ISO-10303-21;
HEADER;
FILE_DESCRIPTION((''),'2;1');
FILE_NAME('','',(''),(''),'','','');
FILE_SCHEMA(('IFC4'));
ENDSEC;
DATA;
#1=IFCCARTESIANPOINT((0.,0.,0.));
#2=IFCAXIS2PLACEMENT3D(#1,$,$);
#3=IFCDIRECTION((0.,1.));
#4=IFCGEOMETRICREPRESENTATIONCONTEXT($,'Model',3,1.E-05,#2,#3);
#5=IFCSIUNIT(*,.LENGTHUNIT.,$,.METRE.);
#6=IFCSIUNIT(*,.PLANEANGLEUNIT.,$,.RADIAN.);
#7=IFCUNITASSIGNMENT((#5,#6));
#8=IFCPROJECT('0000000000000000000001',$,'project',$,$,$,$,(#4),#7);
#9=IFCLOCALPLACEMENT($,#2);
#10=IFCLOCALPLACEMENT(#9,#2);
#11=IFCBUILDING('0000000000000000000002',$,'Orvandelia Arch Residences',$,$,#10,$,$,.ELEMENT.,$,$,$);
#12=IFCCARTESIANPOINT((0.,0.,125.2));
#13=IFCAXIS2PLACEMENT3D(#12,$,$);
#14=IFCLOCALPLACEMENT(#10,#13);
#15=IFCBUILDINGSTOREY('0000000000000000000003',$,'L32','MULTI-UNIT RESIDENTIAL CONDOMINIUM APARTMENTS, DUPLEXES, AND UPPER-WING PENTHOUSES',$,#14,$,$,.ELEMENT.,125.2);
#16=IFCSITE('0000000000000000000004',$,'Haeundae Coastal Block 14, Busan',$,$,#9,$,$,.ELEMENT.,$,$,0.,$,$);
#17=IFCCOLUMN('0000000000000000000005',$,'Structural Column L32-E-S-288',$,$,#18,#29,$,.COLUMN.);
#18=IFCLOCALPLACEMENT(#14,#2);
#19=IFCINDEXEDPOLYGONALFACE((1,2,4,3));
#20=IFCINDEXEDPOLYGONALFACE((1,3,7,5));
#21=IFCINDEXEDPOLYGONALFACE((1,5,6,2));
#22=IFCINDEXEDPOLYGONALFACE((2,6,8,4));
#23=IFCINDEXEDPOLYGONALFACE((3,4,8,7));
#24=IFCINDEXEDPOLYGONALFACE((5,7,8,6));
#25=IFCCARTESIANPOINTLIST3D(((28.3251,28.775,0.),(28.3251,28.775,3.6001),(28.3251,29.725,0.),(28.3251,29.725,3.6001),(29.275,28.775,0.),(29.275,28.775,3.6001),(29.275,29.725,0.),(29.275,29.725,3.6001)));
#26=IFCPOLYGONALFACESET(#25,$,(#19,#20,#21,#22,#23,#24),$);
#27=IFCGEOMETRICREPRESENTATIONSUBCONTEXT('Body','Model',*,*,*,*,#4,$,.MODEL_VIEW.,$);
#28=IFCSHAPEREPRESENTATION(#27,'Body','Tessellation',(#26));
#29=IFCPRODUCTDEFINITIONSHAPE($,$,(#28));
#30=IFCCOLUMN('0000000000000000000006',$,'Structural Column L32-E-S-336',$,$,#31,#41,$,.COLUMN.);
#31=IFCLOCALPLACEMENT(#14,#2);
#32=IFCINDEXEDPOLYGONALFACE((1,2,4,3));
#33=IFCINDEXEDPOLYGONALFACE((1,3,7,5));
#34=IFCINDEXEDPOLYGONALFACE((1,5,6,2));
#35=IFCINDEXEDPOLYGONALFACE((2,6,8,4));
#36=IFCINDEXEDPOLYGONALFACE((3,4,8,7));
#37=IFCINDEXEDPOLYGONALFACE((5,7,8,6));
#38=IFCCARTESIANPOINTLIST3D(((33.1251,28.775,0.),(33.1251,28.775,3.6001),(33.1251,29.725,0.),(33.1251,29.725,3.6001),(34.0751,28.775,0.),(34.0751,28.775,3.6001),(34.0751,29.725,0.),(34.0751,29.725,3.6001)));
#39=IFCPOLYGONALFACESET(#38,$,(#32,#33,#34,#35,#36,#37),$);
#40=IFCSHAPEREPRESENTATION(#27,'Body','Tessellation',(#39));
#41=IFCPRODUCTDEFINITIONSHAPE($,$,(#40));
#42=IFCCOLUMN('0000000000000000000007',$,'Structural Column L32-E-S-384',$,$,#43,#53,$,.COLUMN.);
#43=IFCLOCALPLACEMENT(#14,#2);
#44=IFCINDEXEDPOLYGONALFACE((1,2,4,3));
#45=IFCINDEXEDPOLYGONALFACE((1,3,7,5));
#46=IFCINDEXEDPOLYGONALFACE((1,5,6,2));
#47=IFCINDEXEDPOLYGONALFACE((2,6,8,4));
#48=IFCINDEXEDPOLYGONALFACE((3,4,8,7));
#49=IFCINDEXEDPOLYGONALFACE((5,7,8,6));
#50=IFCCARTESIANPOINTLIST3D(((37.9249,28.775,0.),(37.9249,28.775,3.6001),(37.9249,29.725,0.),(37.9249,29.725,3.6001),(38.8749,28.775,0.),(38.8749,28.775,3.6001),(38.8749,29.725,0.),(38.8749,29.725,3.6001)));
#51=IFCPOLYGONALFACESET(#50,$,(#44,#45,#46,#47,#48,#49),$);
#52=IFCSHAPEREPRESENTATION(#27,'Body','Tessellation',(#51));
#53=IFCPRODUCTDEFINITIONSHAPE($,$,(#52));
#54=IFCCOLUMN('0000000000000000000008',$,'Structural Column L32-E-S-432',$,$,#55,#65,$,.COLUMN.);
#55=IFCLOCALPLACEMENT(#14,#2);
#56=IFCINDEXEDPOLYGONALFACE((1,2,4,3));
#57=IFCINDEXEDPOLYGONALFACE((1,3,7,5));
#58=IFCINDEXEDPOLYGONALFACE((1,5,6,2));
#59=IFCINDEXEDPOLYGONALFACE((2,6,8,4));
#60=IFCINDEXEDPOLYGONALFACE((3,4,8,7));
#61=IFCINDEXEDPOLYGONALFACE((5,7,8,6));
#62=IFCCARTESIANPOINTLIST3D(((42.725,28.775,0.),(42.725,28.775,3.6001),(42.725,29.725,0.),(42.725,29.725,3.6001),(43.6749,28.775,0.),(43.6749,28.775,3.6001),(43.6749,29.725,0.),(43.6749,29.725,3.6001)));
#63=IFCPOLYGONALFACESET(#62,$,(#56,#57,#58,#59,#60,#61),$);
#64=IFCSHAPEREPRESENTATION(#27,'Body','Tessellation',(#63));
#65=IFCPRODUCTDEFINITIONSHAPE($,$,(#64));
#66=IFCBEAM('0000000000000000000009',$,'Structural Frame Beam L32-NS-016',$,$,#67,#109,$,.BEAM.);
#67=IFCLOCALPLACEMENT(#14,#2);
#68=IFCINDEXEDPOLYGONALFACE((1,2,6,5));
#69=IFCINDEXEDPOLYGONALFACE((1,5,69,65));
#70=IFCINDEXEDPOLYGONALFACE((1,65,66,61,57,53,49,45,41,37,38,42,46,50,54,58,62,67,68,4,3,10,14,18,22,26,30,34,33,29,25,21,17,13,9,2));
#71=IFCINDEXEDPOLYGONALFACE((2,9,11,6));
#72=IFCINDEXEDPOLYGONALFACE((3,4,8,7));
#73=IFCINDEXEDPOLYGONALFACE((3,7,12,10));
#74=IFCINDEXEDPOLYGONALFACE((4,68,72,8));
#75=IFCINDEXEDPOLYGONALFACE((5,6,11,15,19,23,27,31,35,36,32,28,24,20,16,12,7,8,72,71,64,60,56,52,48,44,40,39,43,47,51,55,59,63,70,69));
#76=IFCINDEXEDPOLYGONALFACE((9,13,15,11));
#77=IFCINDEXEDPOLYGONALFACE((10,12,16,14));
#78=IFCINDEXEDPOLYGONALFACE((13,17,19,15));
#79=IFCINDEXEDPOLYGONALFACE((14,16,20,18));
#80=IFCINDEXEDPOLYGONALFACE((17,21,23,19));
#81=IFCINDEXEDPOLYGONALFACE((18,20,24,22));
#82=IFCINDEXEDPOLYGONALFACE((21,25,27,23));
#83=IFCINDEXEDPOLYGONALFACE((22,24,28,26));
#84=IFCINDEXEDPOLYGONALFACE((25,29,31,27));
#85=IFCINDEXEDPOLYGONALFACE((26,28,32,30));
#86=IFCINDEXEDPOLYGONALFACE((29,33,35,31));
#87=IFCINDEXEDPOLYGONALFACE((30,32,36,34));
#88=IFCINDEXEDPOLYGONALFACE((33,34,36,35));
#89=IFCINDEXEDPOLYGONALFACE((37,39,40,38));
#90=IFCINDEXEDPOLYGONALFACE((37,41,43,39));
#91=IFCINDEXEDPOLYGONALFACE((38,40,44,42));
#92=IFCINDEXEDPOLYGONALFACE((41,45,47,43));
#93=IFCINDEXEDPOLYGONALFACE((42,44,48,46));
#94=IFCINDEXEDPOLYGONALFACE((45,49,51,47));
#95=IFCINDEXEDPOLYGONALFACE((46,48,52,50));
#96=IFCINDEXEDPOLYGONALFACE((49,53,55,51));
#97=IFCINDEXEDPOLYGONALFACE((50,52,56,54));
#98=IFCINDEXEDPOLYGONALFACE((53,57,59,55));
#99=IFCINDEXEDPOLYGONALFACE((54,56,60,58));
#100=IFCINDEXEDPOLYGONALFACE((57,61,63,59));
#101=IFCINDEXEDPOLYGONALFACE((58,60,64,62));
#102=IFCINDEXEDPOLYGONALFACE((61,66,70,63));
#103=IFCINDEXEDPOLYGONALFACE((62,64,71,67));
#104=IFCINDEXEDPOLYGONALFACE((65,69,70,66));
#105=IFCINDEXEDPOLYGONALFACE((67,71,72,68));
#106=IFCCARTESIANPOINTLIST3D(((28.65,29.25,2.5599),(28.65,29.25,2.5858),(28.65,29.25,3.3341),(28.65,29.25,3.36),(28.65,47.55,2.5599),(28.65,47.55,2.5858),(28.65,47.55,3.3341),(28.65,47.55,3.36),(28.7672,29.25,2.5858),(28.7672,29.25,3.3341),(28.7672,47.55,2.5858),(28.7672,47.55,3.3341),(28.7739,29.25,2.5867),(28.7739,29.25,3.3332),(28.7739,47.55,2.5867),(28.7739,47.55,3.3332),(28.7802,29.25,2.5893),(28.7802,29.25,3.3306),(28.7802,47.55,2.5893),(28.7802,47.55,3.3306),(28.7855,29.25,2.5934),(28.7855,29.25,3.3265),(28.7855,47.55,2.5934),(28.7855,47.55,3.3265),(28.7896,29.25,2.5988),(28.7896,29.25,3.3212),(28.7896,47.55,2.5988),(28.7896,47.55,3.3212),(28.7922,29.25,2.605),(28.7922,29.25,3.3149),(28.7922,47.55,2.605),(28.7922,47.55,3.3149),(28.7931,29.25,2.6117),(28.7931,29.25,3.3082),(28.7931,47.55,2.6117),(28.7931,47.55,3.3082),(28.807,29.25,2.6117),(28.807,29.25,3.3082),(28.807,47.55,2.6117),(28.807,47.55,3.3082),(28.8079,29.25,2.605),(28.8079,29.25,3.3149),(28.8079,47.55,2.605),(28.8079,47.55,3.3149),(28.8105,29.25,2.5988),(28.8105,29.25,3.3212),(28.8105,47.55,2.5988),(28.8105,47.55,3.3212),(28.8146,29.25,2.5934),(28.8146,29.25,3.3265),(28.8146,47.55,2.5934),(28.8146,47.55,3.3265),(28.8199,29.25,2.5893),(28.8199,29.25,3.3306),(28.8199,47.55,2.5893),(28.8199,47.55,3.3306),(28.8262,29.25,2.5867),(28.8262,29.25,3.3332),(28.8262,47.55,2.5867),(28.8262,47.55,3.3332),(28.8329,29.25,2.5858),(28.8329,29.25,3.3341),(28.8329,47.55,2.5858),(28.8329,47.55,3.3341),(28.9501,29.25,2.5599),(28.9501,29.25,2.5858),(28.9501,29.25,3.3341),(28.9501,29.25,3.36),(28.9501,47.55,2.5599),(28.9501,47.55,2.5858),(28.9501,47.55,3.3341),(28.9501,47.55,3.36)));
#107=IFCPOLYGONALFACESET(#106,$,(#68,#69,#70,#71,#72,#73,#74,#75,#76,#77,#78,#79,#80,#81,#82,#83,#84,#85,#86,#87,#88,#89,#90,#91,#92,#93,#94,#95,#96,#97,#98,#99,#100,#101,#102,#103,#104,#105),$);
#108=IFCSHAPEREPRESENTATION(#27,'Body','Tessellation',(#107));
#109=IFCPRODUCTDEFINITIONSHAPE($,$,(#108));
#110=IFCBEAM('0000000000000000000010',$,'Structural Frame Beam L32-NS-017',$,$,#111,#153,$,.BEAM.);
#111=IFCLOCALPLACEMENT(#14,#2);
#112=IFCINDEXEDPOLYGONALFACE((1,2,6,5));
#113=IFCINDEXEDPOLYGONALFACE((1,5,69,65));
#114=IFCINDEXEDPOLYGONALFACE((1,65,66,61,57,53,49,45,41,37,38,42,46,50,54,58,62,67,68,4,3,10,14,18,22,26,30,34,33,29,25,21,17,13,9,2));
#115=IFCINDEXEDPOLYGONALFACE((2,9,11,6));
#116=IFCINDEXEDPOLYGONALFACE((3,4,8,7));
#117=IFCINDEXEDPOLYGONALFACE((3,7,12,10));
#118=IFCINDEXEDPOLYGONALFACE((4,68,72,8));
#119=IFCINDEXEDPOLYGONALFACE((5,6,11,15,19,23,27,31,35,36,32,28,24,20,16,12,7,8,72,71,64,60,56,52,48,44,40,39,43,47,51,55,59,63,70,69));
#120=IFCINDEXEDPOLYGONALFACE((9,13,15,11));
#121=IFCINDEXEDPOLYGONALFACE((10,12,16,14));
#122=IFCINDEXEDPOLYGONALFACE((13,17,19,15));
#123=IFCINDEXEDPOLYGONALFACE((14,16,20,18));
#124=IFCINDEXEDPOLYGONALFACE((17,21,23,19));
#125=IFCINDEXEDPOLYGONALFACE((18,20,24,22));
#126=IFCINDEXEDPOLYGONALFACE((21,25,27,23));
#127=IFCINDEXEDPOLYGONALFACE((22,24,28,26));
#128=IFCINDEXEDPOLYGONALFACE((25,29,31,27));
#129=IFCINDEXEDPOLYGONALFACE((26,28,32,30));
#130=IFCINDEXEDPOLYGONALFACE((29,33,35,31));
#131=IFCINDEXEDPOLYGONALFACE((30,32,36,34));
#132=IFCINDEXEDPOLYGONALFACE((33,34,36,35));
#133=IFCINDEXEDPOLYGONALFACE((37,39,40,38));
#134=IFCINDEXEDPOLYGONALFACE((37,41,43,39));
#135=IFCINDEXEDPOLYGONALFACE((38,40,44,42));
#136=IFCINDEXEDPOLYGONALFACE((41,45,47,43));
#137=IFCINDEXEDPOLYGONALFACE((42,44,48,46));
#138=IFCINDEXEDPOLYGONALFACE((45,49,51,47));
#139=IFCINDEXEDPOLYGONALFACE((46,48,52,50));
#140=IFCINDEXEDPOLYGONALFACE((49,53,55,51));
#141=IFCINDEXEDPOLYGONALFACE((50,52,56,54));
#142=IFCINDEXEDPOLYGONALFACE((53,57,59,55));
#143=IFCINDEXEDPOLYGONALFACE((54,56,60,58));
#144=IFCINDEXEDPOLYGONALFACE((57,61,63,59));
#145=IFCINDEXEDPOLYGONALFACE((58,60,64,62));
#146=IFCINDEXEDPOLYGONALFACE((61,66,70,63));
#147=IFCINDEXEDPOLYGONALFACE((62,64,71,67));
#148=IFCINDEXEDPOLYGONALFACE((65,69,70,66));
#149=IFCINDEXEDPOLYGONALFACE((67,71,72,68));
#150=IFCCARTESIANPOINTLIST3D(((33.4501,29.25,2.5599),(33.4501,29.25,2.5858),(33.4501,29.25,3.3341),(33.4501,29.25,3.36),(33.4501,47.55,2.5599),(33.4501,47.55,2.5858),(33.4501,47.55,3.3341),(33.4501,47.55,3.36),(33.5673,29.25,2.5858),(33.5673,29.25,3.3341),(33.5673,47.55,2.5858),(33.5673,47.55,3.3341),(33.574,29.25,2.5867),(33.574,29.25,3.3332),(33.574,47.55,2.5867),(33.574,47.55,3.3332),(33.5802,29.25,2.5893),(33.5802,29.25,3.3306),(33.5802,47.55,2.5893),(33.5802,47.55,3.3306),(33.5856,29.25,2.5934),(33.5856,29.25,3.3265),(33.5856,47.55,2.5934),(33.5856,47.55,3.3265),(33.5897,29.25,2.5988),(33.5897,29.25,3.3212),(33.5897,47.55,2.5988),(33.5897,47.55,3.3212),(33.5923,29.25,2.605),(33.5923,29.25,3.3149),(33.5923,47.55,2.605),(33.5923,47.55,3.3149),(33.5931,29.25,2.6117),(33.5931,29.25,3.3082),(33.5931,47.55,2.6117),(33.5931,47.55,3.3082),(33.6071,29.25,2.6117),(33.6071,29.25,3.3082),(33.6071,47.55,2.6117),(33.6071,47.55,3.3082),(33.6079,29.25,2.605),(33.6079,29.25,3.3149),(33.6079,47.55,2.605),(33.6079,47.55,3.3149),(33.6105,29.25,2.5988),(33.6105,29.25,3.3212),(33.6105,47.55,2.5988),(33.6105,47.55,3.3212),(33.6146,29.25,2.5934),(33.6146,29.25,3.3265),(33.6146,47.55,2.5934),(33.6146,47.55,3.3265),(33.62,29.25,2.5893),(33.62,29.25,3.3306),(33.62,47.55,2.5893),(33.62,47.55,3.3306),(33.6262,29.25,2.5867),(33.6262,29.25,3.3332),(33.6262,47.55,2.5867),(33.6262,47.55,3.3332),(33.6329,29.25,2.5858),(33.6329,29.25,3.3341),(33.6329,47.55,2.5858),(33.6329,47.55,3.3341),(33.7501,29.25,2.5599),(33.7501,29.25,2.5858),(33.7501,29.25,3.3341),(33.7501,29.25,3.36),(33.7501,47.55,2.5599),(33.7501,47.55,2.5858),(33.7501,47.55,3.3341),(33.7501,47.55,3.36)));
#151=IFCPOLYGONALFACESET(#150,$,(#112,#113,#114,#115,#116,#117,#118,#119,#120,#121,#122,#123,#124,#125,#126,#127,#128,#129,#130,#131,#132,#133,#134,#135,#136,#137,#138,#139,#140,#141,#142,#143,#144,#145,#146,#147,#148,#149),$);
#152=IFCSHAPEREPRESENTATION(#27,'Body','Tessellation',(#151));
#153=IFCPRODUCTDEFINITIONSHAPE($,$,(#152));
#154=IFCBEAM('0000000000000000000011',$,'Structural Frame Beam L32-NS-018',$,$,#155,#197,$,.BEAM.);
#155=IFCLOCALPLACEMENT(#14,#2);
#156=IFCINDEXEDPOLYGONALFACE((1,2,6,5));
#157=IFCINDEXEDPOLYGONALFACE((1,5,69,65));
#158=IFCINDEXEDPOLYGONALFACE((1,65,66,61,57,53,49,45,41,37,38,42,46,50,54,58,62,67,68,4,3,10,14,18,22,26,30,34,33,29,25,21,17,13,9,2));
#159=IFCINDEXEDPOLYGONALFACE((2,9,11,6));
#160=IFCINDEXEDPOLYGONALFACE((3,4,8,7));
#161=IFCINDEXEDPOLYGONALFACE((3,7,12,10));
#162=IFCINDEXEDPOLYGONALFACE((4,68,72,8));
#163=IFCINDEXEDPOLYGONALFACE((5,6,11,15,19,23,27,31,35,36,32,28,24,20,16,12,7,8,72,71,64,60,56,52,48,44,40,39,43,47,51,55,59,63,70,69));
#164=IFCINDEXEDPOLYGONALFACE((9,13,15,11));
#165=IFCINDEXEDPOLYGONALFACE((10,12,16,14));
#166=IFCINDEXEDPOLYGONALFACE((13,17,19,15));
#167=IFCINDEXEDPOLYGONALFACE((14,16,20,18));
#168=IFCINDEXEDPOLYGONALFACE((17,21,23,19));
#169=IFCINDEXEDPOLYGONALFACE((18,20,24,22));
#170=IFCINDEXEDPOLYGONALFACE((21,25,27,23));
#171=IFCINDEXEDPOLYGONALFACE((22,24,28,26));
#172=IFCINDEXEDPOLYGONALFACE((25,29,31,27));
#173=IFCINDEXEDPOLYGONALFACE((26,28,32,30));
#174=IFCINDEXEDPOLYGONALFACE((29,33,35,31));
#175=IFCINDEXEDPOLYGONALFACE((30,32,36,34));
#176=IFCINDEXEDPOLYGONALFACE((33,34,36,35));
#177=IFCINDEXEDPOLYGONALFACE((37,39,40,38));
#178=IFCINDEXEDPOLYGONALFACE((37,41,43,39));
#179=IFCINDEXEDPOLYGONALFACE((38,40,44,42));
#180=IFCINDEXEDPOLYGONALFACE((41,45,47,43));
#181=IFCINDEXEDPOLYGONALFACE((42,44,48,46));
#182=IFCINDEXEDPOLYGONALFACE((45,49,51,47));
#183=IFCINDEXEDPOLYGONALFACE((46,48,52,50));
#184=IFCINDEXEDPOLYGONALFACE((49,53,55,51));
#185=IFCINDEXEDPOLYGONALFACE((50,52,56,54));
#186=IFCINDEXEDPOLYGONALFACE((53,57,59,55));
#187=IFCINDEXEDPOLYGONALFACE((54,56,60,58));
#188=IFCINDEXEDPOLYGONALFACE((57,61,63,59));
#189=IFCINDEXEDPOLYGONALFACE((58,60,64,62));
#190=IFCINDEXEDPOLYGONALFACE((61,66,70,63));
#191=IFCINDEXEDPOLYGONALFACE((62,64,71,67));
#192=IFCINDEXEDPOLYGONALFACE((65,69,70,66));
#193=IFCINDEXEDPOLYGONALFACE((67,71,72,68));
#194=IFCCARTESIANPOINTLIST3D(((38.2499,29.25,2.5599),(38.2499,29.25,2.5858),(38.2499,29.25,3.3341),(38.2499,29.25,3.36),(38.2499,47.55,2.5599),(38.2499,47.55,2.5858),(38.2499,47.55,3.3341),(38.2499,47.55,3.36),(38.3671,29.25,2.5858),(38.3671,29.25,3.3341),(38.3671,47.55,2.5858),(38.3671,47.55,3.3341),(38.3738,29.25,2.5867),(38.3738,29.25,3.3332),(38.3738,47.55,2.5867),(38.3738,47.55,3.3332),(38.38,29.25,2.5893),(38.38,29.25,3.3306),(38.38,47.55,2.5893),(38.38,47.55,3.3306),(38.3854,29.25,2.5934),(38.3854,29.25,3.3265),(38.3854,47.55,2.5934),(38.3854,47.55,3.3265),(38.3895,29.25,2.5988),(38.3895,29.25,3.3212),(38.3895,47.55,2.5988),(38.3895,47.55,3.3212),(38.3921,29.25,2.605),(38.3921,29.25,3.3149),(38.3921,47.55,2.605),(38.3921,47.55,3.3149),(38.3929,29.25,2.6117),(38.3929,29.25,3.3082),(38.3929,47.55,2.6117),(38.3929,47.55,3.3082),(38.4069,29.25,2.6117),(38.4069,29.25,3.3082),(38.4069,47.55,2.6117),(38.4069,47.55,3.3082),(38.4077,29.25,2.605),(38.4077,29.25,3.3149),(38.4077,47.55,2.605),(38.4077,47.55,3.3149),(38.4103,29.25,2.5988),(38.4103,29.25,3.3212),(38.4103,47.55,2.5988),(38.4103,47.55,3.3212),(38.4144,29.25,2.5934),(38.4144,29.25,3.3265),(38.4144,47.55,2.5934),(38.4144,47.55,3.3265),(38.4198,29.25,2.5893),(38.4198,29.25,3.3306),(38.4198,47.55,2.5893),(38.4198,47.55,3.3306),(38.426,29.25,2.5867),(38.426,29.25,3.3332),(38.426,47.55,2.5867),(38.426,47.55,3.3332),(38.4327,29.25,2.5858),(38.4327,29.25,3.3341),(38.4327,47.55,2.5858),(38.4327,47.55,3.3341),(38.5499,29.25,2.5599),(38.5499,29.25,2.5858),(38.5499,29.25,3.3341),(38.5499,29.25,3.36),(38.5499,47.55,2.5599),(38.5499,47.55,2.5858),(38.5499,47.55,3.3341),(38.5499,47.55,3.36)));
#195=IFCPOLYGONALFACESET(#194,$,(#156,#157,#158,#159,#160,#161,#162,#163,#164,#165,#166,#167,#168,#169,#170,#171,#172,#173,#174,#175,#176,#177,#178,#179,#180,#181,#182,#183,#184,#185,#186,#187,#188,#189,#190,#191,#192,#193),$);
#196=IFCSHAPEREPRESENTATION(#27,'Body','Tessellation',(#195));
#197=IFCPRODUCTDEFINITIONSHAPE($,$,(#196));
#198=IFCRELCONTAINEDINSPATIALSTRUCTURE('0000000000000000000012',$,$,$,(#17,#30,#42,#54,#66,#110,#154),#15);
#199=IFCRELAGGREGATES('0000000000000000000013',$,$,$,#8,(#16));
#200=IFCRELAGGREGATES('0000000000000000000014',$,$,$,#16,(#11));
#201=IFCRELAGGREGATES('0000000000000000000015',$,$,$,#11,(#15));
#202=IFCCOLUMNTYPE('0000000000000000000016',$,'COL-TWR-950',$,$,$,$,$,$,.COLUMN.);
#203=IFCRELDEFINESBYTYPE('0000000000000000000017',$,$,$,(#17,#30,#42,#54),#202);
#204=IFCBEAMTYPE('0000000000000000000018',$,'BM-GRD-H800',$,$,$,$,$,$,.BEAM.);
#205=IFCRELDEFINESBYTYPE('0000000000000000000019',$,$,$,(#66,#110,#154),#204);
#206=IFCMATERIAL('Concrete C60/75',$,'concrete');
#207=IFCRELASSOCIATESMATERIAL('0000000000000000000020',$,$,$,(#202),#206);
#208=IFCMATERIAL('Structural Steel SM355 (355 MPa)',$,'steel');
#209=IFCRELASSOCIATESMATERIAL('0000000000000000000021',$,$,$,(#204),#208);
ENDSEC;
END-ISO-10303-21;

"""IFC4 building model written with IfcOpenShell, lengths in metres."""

from ifc_helpers import new_model, si_unit, direction, frame, origin, origin_2d, place, context, subcontext, project, spatial, rectangle, i_section, extrude, material, material_profile, profile_set, type_object, element, save


model = new_model("IFC4")

# Units and contexts
model_context = context("Model", 3, precision=1e-05, world=origin(), true_north=direction((0.0, 1.0)))
body_context = subcontext(model_context, "Body", "Model", "MODEL_VIEW")
ifc_project = project(units=[si_unit("LENGTHUNIT", "METRE"), si_unit("PLANEANGLEUNIT", "RADIAN")], contexts=[model_context])

# Site, building, storey
site_placement = place(None, origin())
site = spatial("IfcSite", under=ifc_project, at=site_placement, Name="Haeundae Coastal Block 14, Busan", CompositionType="ELEMENT", RefElevation=0.0)
building_placement = place(site_placement, origin())
building = spatial("IfcBuilding", under=site, at=building_placement, Name="Orvandelia Arch Residences", CompositionType="ELEMENT")
storey_placement = place(building_placement, frame((0.0, 0.0, 125.2)))
storey = spatial("IfcBuildingStorey", under=building, at=storey_placement, Name="L32", Description="MULTI-UNIT RESIDENTIAL CONDOMINIUM APARTMENTS, DUPLEXES, AND UPPER-WING PENTHOUSES", CompositionType="ELEMENT", Elevation=125.2)

# Columns
ifc_material_1 = material(Name="Concrete C60/75", Category="concrete")
ifc_material_profile_1 = material_profile(ifc_material_1, rectangle(XDim=0.95, YDim=0.95, at=origin_2d()), Name="Concrete C60/75", Category="concrete")
ifc_profile_set_1 = profile_set([ifc_material_profile_1], Name="Concrete C60/75")
column_type = type_object("IfcColumnType", Name="COL-TWR-950", PredefinedType="COLUMN", material=ifc_profile_set_1)
for number, where, z_axis, x_axis, name in (
    (1, (28.8, 29.25, 0.0), (0.0, 0.0, 1.0), (1.0, 0.0, 0.0), "Structural Column L32-E-S-288"),
    (2, (33.6001, 29.25, 0.0), (0.0, 0.0, 1.0), (1.0, 0.0, 0.0), "Structural Column L32-E-S-336"),
    (3, (38.3999, 29.25, 0.0), (0.0, 0.0, 1.0), (1.0, 0.0, 0.0), "Structural Column L32-E-S-384"),
    (4, (43.2, 29.25, 0.0), (0.0, 0.0, 1.0), (1.0, 0.0, 0.0), "Structural Column L32-E-S-432"),
):
    element("IfcColumn", number, at=place(storey_placement, frame(where, z_axis=z_axis, x_axis=x_axis)), inside=storey, type_object=column_type, Name=name, PredefinedType="COLUMN", context=body_context, shape_type="SweptSolid", body=[
        extrude(rectangle(XDim=0.95, YDim=0.95, at=origin_2d()), origin(), (0.0, 0.0, 1.0), 3.6001),
    ])

# Beams
ifc_material_2 = material(Name="Structural Steel SM355 (355 MPa)", Category="steel")
ifc_material_profile_2 = material_profile(ifc_material_2, i_section(OverallWidth=0.3, OverallDepth=0.8, WebThickness=0.0139, FlangeThickness=0.0259, FilletRadius=0.0259, at=origin_2d()), Name="Structural Steel SM355 (355 MPa)", Category="steel")
ifc_profile_set_2 = profile_set([ifc_material_profile_2], Name="Structural Steel SM355 (355 MPa)")
beam_type = type_object("IfcBeamType", Name="BM-GRD-H800", PredefinedType="BEAM", material=ifc_profile_set_2)
for number, where, z_axis, x_axis, name in (
    (5, (28.8, 29.25, 2.96), (0.0, 1.0, 0.0), (-1.0, 0.0, 0.0), "Structural Frame Beam L32-NS-016"),
    (6, (33.6001, 29.25, 2.96), (0.0, 1.0, 0.0), (-1.0, 0.0, 0.0), "Structural Frame Beam L32-NS-017"),
    (7, (38.3999, 29.25, 2.96), (0.0, 1.0, 0.0), (-1.0, 0.0, 0.0), "Structural Frame Beam L32-NS-018"),
):
    element("IfcBeam", number, at=place(storey_placement, frame(where, z_axis=z_axis, x_axis=x_axis)), inside=storey, type_object=beam_type, Name=name, PredefinedType="BEAM", context=body_context, shape_type="SweptSolid", body=[
        extrude(i_section(OverallWidth=0.3, OverallDepth=0.8, WebThickness=0.0139, FlangeThickness=0.0259, FilletRadius=0.0259, at=origin_2d()), origin(), (0.0, 0.0, 1.0), 18.3),
    ])

save(model, "model.ifc")
